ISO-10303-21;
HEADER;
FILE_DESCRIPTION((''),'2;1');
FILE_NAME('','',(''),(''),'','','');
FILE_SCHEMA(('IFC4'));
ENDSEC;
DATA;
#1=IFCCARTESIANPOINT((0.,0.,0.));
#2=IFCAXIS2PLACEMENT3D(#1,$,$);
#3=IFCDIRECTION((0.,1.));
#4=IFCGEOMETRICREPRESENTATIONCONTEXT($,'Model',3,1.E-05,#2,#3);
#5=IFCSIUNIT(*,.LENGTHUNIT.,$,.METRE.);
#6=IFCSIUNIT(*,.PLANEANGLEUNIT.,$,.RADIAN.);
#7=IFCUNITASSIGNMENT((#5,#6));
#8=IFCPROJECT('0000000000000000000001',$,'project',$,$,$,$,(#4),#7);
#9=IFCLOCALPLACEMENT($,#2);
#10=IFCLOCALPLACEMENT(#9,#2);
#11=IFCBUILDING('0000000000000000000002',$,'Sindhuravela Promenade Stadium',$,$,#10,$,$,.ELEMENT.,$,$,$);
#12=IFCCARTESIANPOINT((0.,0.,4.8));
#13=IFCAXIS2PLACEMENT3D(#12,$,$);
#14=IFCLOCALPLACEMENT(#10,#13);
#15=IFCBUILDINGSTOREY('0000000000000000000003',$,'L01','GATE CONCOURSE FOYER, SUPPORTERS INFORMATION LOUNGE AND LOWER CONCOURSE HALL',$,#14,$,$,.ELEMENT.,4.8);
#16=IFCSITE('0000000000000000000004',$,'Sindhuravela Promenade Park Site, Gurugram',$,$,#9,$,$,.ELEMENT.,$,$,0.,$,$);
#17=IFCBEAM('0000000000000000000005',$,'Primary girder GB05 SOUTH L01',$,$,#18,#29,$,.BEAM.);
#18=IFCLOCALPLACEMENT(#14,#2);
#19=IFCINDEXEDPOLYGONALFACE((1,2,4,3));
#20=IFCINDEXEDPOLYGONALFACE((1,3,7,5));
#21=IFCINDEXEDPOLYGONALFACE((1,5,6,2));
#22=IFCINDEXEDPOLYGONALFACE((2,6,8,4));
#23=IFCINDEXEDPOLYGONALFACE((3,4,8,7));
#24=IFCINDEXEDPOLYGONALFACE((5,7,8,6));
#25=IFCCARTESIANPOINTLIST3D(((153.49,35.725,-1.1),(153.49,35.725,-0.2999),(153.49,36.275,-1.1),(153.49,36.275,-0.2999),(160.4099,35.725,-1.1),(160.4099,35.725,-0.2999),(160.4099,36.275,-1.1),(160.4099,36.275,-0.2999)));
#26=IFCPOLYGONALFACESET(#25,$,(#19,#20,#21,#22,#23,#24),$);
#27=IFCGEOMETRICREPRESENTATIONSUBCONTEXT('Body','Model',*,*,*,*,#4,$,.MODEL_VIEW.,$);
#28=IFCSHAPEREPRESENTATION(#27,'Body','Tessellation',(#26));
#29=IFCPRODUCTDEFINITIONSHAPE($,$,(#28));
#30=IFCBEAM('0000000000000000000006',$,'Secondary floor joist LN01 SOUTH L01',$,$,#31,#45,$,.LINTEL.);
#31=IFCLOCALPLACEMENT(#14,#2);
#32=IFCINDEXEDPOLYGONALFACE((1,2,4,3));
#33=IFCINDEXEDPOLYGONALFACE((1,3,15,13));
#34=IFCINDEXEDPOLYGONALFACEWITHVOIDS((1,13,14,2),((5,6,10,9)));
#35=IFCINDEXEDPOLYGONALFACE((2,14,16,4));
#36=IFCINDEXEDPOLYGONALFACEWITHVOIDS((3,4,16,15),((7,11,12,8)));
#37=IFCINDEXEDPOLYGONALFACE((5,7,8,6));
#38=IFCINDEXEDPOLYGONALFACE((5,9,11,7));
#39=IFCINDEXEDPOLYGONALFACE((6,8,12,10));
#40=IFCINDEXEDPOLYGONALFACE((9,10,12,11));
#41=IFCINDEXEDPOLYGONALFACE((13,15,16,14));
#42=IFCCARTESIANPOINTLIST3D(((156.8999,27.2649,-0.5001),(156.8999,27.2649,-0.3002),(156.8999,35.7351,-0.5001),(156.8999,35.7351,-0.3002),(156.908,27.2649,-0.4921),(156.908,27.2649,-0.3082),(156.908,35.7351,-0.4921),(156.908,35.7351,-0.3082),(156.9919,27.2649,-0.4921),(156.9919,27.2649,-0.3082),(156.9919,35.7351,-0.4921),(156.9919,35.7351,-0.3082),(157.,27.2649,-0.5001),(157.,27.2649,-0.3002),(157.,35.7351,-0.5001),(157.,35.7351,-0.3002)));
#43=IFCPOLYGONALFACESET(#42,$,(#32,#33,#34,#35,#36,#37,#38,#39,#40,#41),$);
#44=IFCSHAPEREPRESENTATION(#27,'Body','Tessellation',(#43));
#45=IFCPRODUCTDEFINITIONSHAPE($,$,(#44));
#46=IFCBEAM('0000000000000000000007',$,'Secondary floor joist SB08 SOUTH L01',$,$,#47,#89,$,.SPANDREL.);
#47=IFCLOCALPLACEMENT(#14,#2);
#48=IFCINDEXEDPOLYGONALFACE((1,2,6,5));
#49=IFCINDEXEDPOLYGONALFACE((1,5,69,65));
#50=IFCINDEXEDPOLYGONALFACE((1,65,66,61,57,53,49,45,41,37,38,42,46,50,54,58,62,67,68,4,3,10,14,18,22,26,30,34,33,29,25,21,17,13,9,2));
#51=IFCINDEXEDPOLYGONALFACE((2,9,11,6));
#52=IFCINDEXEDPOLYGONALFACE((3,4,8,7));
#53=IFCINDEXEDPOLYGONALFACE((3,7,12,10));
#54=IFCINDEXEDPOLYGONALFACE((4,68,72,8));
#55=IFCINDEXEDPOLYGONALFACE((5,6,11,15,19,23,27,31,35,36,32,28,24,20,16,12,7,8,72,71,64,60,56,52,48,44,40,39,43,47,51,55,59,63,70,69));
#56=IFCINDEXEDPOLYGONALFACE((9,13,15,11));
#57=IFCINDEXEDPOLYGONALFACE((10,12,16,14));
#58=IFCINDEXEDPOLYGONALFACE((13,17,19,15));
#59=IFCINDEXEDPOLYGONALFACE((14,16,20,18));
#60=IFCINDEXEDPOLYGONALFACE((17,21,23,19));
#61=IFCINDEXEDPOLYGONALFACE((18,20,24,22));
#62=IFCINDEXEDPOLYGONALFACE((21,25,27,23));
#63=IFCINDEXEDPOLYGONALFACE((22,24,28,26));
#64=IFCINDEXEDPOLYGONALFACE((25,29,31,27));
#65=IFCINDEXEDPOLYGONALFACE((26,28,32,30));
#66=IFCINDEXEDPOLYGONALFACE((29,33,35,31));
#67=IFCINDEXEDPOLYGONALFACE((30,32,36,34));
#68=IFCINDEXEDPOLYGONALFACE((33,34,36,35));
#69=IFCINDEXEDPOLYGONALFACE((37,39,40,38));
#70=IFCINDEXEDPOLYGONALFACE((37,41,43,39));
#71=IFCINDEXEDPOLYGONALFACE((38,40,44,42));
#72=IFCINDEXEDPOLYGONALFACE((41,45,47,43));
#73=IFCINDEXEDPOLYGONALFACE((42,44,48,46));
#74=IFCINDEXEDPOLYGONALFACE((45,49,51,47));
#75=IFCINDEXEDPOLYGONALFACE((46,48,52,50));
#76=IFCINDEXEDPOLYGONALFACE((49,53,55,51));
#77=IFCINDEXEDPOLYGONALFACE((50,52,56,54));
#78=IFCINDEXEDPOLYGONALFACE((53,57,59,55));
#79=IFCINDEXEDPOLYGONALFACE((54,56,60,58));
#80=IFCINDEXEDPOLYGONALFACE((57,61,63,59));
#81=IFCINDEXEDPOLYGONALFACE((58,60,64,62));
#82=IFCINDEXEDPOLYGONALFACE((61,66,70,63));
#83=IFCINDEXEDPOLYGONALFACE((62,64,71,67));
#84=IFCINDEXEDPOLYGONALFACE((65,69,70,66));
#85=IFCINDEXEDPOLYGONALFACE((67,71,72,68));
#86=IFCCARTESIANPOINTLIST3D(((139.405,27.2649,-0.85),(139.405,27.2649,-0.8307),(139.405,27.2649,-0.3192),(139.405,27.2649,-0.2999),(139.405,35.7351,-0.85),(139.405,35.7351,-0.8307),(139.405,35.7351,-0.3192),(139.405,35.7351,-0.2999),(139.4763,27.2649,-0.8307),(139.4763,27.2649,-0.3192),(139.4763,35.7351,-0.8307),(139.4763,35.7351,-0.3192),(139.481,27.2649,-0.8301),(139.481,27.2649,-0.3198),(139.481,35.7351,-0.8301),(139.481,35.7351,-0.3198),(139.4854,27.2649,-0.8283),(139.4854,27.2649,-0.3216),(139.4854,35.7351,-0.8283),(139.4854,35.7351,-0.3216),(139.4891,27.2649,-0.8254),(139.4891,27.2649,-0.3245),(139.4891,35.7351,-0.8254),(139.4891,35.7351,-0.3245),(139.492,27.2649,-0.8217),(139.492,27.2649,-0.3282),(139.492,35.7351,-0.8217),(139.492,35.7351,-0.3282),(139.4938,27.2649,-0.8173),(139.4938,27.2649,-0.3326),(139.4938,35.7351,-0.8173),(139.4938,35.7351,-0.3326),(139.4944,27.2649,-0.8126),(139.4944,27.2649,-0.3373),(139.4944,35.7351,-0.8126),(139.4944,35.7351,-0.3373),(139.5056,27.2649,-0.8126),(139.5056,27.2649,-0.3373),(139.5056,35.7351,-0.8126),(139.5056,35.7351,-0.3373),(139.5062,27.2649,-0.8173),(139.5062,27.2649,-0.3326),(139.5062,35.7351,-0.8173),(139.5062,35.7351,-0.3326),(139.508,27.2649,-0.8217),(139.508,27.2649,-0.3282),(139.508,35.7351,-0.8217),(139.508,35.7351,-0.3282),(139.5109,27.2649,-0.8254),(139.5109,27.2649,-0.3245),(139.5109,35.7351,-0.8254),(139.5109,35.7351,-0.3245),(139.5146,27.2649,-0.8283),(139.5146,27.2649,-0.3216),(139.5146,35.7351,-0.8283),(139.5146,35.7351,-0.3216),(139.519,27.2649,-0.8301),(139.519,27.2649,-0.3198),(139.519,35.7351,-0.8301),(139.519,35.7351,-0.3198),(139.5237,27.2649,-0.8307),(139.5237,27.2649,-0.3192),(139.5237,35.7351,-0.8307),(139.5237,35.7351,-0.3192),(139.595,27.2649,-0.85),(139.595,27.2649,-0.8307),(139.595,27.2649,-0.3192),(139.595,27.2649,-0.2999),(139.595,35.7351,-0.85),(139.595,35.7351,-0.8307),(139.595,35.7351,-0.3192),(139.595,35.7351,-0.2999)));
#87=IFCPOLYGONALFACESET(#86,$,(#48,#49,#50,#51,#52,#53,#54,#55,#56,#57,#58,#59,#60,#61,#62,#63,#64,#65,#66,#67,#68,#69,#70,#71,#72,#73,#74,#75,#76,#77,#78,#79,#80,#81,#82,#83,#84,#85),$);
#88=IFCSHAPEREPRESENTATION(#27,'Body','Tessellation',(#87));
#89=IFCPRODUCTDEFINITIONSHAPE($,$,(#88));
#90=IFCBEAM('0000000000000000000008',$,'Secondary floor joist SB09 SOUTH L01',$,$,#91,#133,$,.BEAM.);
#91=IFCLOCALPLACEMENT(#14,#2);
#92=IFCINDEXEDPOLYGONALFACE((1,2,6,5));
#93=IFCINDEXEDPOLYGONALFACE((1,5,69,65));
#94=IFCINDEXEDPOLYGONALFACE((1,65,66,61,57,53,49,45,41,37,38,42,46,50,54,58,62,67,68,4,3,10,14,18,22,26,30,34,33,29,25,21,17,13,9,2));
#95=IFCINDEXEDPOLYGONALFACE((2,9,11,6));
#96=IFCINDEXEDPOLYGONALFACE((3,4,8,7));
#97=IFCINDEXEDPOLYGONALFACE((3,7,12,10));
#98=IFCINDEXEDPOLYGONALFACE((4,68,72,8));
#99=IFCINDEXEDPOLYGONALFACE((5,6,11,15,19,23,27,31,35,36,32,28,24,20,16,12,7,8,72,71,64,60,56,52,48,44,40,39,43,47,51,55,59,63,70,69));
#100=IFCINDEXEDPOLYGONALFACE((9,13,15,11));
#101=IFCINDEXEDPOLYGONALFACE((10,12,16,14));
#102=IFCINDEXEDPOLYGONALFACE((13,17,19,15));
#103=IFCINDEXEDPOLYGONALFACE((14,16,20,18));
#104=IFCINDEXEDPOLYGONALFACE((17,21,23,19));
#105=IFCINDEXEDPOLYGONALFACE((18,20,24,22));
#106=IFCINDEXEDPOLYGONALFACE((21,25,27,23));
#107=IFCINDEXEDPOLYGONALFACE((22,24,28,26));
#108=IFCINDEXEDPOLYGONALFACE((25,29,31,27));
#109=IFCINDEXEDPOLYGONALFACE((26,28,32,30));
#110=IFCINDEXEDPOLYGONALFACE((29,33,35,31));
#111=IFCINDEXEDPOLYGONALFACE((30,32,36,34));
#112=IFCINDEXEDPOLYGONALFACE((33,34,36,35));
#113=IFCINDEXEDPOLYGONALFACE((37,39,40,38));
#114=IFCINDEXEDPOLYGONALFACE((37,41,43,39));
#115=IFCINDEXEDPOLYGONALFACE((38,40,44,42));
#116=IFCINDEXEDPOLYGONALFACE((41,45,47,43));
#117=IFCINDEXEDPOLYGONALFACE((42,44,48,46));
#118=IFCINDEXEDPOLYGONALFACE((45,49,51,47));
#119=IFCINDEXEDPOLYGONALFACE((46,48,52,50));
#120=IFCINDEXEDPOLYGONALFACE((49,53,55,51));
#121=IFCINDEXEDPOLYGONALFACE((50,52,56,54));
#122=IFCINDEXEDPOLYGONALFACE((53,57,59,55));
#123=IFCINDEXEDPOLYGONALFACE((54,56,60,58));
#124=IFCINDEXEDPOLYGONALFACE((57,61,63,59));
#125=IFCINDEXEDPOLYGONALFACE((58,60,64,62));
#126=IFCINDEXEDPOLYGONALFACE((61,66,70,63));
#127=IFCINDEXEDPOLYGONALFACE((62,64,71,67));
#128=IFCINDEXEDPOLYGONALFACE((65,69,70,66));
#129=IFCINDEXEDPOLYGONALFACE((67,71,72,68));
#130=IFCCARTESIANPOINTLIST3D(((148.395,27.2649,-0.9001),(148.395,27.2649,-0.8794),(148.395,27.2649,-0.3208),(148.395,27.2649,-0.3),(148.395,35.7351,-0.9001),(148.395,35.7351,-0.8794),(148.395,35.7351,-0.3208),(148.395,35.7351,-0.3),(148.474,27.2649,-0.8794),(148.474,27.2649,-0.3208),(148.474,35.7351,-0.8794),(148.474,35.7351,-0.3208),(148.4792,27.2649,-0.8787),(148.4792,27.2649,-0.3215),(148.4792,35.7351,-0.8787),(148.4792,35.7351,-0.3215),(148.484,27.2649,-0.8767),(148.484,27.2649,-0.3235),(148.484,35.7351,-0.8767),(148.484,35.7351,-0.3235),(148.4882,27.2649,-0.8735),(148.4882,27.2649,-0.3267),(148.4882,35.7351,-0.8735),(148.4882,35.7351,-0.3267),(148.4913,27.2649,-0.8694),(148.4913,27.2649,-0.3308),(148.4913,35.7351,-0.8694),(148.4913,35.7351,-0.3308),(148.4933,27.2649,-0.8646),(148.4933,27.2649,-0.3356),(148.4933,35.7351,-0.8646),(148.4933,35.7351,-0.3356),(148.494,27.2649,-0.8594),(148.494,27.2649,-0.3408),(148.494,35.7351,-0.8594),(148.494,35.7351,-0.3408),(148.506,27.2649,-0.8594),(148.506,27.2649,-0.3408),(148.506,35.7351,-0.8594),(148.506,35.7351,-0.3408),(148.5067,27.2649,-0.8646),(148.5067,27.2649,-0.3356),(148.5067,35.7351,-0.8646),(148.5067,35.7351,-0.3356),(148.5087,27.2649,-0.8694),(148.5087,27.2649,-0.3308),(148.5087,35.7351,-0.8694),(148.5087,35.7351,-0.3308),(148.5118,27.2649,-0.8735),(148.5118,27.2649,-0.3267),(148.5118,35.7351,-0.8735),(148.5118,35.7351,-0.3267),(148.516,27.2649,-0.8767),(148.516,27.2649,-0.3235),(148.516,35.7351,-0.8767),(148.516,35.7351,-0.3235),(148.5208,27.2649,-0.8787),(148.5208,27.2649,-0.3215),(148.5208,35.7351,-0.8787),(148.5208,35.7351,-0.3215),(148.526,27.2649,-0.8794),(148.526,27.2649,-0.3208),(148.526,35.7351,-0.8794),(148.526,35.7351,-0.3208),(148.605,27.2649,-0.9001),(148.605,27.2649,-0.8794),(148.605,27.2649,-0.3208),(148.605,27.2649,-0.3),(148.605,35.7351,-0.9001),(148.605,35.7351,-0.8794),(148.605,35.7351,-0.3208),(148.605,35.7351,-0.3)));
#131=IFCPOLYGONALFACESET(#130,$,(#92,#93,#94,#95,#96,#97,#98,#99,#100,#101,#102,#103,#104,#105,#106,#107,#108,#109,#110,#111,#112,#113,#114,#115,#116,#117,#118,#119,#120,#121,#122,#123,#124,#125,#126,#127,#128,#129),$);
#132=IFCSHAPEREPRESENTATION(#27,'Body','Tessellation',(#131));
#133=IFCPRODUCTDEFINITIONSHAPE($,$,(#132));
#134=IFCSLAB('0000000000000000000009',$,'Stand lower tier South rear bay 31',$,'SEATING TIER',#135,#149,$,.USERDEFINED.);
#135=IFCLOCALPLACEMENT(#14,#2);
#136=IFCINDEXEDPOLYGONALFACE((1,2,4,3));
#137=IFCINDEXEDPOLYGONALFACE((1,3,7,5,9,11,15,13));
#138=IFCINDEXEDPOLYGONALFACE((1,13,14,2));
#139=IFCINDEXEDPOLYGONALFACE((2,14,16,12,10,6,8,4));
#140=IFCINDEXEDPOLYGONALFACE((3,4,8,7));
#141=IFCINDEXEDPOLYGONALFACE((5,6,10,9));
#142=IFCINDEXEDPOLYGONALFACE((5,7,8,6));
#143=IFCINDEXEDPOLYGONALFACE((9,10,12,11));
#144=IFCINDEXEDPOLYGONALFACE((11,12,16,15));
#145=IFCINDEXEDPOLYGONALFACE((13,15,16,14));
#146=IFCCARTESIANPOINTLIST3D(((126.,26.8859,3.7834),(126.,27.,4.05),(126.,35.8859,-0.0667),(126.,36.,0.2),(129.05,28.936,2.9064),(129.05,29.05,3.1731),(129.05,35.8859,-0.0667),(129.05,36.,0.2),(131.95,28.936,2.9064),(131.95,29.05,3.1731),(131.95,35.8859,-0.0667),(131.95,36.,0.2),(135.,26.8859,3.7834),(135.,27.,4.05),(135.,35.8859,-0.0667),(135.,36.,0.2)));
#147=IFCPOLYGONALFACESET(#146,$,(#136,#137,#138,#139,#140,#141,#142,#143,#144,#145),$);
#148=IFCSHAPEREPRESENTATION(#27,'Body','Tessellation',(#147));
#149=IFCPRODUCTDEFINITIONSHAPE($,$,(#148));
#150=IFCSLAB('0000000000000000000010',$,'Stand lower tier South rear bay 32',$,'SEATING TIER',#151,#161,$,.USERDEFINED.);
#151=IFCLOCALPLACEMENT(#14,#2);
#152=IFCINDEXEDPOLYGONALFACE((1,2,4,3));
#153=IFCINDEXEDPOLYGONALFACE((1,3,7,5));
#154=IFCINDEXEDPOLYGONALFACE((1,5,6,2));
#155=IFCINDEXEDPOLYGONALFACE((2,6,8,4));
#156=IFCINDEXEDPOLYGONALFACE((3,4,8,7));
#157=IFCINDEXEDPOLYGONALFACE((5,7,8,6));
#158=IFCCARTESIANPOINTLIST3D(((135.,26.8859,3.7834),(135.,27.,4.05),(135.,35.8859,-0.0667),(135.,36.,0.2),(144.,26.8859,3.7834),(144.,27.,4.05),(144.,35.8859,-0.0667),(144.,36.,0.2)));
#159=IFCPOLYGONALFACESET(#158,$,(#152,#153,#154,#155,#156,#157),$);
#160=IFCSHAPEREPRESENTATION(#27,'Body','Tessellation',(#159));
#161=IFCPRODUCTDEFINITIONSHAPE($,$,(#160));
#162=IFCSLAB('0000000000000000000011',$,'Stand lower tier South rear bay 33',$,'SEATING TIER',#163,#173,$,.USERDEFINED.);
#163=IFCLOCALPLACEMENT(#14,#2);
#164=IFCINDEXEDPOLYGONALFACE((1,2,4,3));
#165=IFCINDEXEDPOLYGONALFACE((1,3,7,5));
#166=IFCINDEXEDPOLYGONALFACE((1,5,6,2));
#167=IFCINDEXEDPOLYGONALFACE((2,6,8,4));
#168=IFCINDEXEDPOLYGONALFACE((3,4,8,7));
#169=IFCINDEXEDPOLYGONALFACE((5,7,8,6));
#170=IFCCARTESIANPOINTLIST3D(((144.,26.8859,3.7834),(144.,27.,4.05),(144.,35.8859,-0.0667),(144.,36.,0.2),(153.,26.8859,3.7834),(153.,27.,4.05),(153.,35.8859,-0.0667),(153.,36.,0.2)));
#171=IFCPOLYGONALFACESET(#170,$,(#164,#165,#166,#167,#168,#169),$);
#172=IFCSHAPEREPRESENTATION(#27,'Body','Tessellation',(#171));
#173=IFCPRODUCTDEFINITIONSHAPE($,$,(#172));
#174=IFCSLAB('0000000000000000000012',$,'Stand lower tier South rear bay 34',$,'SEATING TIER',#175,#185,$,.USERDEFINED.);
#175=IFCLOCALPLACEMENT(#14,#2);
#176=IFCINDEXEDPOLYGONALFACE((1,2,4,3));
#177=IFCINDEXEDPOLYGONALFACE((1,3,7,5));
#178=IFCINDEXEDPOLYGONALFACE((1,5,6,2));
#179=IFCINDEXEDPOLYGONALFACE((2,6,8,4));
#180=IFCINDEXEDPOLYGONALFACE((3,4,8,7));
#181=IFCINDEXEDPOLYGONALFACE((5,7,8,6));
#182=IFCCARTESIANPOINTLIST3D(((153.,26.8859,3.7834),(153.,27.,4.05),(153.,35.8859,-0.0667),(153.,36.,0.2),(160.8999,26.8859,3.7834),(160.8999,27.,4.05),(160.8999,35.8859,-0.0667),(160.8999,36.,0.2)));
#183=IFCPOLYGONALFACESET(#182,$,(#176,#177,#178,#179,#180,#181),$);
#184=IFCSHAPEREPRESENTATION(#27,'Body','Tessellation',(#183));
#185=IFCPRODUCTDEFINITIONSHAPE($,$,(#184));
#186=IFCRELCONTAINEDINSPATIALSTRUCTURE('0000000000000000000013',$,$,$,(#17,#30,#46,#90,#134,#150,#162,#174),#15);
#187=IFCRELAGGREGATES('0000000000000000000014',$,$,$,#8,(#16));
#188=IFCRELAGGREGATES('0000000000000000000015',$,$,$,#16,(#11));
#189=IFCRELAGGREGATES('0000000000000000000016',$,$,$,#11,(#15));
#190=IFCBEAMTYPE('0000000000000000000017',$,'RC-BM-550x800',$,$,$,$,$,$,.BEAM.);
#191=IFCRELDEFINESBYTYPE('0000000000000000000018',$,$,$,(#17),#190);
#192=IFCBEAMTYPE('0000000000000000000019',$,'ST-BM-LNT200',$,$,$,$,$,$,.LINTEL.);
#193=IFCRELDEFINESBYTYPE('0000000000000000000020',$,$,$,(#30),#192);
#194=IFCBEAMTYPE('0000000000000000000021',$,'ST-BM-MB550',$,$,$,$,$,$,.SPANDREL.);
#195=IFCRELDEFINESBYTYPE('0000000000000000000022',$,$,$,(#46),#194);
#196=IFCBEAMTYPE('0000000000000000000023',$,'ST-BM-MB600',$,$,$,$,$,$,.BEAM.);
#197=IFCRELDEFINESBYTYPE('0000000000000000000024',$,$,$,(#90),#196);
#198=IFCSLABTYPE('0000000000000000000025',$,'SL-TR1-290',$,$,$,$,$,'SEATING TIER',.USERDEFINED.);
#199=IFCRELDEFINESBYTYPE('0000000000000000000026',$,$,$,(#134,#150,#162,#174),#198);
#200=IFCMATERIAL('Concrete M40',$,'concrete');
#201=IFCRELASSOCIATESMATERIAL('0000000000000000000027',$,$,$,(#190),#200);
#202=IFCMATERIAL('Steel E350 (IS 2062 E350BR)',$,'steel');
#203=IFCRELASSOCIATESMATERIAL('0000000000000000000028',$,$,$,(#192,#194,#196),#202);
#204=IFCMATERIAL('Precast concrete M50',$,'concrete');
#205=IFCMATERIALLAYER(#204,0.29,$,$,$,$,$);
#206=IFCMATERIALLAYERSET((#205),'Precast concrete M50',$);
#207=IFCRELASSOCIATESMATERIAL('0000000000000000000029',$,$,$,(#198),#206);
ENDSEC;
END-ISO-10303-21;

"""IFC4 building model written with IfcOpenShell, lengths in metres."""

from ifc_helpers import new_model, si_unit, direction, frame, origin, origin_2d, place, context, subcontext, project, spatial, polyline, rectangle, hollow_rectangle, i_section, outline, extrude, material, layer, layer_set, material_profile, profile_set, type_object, element, save


model = new_model("IFC4")

# Units and contexts
model_context = context("Model", 3, precision=1e-05, world=origin(), true_north=direction((0.0, 1.0)))
body_context = subcontext(model_context, "Body", "Model", "MODEL_VIEW")
ifc_project = project(units=[si_unit("LENGTHUNIT", "METRE"), si_unit("PLANEANGLEUNIT", "RADIAN")], contexts=[model_context])

# Site, building, storey
site_placement = place(None, origin())
site = spatial("IfcSite", under=ifc_project, at=site_placement, Name="Sindhuravela Promenade Park Site, Gurugram", CompositionType="ELEMENT", RefElevation=0.0)
building_placement = place(site_placement, origin())
building = spatial("IfcBuilding", under=site, at=building_placement, Name="Sindhuravela Promenade Stadium", CompositionType="ELEMENT")
storey_placement = place(building_placement, frame((0.0, 0.0, 4.8)))
storey = spatial("IfcBuildingStorey", under=building, at=storey_placement, Name="L01", Description="GATE CONCOURSE FOYER, SUPPORTERS INFORMATION LOUNGE AND LOWER CONCOURSE HALL", CompositionType="ELEMENT", Elevation=4.8)

# Shared definitions
ifc_material_1 = material(Name="Concrete M40", Category="concrete")

# Beams
ifc_material_profile_1 = material_profile(ifc_material_1, rectangle(XDim=0.55, YDim=0.8, at=origin_2d()), Name="RC 550x800")
ifc_profile_set_1 = profile_set([ifc_material_profile_1], Name="Concrete M40")
beam_type_1 = type_object("IfcBeamType", Name="RC-BM-550x800", PredefinedType="BEAM", material=ifc_profile_set_1)
beam_1_placement = place(storey_placement, frame((153.49, 36.0, -0.7), z_axis=(1.0, 0.0, 0.0), x_axis=(0.0, 1.0, 0.0)))
element("IfcBeam", 1, at=beam_1_placement, inside=storey, type_object=beam_type_1, Name="Primary girder GB05 SOUTH L01", PredefinedType="BEAM", context=body_context, shape_type="SweptSolid", body=[
    extrude(rectangle(XDim=0.55, YDim=0.8, at=origin_2d()), origin(), (0.0, 0.0, 1.0), 6.9199),
])
ifc_material_2 = material(Name="Steel E350 (IS 2062 E350BR)", Category="steel")
ifc_material_profile_2 = material_profile(ifc_material_2, hollow_rectangle(XDim=0.1001, YDim=0.2, WallThickness=0.0081, at=origin_2d()), Name="RHS 200x100x8")
ifc_profile_set_2 = profile_set([ifc_material_profile_2], Name="Steel E350 (IS 2062 E350BR)")
beam_type_2 = type_object("IfcBeamType", Name="ST-BM-LNT200", PredefinedType="LINTEL", material=ifc_profile_set_2)
beam_2_placement = place(storey_placement, frame((156.95, 27.2649, -0.4001), z_axis=(0.0, 1.0, 0.0), x_axis=(-1.0, 0.0, 0.0)))
element("IfcBeam", 2, at=beam_2_placement, inside=storey, type_object=beam_type_2, Name="Secondary floor joist LN01 SOUTH L01", PredefinedType="LINTEL", context=body_context, shape_type="SweptSolid", body=[
    extrude(hollow_rectangle(XDim=0.1001, YDim=0.2, WallThickness=0.0081, at=origin_2d()), origin(), (0.0, 0.0, 1.0), 8.4702),
])
ifc_material_profile_3 = material_profile(ifc_material_2, i_section(OverallWidth=0.1899, OverallDepth=0.55, WebThickness=0.0112, FlangeThickness=0.0193, FilletRadius=0.0181, at=origin_2d()), Name="ISMB 550")
ifc_profile_set_3 = profile_set([ifc_material_profile_3], Name="Steel E350 (IS 2062 E350BR)")
beam_type_3 = type_object("IfcBeamType", Name="ST-BM-MB550", PredefinedType="SPANDREL", material=ifc_profile_set_3)
beam_3_placement = place(storey_placement, frame((139.5, 27.2649, -0.575), z_axis=(0.0, 1.0, 0.0), x_axis=(-1.0, 0.0, 0.0)))
element("IfcBeam", 3, at=beam_3_placement, inside=storey, type_object=beam_type_3, Name="Secondary floor joist SB08 SOUTH L01", PredefinedType="SPANDREL", context=body_context, shape_type="SweptSolid", body=[
    extrude(i_section(OverallWidth=0.1899, OverallDepth=0.55, WebThickness=0.0112, FlangeThickness=0.0193, FilletRadius=0.0181, at=origin_2d()), origin(), (0.0, 0.0, 1.0), 8.4702),
])
ifc_material_profile_4 = material_profile(ifc_material_2, i_section(OverallWidth=0.21, OverallDepth=0.6001, WebThickness=0.012, FlangeThickness=0.0208, FilletRadius=0.02, at=origin_2d()), Name="ISMB 600")
ifc_profile_set_4 = profile_set([ifc_material_profile_4], Name="Steel E350 (IS 2062 E350BR)")
beam_type_4 = type_object("IfcBeamType", Name="ST-BM-MB600", PredefinedType="BEAM", material=ifc_profile_set_4)
beam_4_placement = place(storey_placement, frame((148.5, 27.2649, -0.6001), z_axis=(0.0, 1.0, 0.0), x_axis=(-1.0, 0.0, 0.0)))
element("IfcBeam", 4, at=beam_4_placement, inside=storey, type_object=beam_type_4, Name="Secondary floor joist SB09 SOUTH L01", PredefinedType="BEAM", context=body_context, shape_type="SweptSolid", body=[
    extrude(i_section(OverallWidth=0.21, OverallDepth=0.6001, WebThickness=0.012, FlangeThickness=0.0208, FilletRadius=0.02, at=origin_2d()), origin(), (0.0, 0.0, 1.0), 8.4702),
])

# Slabs
ifc_material_3 = material(Name="Precast concrete M50", Category="concrete")
ifc_layer_1 = layer(ifc_material_3, 0.29)
ifc_layer_set_1 = layer_set([ifc_layer_1], Name="Precast concrete M50")
slab_type = type_object("IfcSlabType", Name="SL-TR1-290", ElementType="SEATING TIER", PredefinedType="USERDEFINED", material=ifc_layer_set_1)
slab_1_placement = place(storey_placement, frame((135.0, 36.0, 0.2), z_axis=(0.0, 0.39331, 0.919406), x_axis=(-1.0, 0.0, 0.0)))
element("IfcSlab", 5, at=slab_1_placement, inside=storey, type_object=slab_type, Name="Stand lower tier South rear bay 31", ObjectType="SEATING TIER", PredefinedType="USERDEFINED", context=body_context, shape_type="SweptSolid", body=[
    extrude(outline(polyline([(0.0, 0.0), (3.05, 0.0), (3.05, 7.5592), (5.95, 7.5592), (5.95, 0.0), (9.0, 0.0), (9.0, 9.7889), (0.0, 9.7889), (0.0, 0.0)])), origin(), (0.0, 0.0, -1.0), 0.29),
])
for number, where, z_axis, x_axis, name in (
    (6, (144.0, 36.0, 0.2), (0.0, 0.393311, 0.919405), (-1.0, 0.0, 0.0), "Stand lower tier South rear bay 32"),
    (7, (153.0, 36.0, 0.2), (0.0, 0.393311, 0.919405), (-1.0, 0.0, 0.0), "Stand lower tier South rear bay 33"),
):
    element("IfcSlab", number, at=place(storey_placement, frame(where, z_axis=z_axis, x_axis=x_axis)), inside=storey, type_object=slab_type, Name=name, ObjectType="SEATING TIER", PredefinedType="USERDEFINED", context=body_context, shape_type="SweptSolid", body=[
        extrude(outline(polyline([(0.0, 0.0), (9.0, 0.0), (9.0, 9.7889), (0.0, 9.7889), (0.0, 0.0)])), origin(), (0.0, 0.0, -1.0), 0.29),
    ])
slab_2_placement = place(storey_placement, frame((160.8999, 36.0, 0.2), z_axis=(0.0, 0.393311, 0.919405), x_axis=(-1.0, 0.0, 0.0)))
element("IfcSlab", 8, at=slab_2_placement, inside=storey, type_object=slab_type, Name="Stand lower tier South rear bay 34", ObjectType="SEATING TIER", PredefinedType="USERDEFINED", context=body_context, shape_type="SweptSolid", body=[
    extrude(outline(polyline([(0.0, 0.0), (7.8999, 0.0), (7.8999, 9.7889), (0.0, 9.7889), (0.0, 0.0)])), origin(), (0.0, 0.0, -1.0), 0.29),
])

save(model, "model.ifc")
